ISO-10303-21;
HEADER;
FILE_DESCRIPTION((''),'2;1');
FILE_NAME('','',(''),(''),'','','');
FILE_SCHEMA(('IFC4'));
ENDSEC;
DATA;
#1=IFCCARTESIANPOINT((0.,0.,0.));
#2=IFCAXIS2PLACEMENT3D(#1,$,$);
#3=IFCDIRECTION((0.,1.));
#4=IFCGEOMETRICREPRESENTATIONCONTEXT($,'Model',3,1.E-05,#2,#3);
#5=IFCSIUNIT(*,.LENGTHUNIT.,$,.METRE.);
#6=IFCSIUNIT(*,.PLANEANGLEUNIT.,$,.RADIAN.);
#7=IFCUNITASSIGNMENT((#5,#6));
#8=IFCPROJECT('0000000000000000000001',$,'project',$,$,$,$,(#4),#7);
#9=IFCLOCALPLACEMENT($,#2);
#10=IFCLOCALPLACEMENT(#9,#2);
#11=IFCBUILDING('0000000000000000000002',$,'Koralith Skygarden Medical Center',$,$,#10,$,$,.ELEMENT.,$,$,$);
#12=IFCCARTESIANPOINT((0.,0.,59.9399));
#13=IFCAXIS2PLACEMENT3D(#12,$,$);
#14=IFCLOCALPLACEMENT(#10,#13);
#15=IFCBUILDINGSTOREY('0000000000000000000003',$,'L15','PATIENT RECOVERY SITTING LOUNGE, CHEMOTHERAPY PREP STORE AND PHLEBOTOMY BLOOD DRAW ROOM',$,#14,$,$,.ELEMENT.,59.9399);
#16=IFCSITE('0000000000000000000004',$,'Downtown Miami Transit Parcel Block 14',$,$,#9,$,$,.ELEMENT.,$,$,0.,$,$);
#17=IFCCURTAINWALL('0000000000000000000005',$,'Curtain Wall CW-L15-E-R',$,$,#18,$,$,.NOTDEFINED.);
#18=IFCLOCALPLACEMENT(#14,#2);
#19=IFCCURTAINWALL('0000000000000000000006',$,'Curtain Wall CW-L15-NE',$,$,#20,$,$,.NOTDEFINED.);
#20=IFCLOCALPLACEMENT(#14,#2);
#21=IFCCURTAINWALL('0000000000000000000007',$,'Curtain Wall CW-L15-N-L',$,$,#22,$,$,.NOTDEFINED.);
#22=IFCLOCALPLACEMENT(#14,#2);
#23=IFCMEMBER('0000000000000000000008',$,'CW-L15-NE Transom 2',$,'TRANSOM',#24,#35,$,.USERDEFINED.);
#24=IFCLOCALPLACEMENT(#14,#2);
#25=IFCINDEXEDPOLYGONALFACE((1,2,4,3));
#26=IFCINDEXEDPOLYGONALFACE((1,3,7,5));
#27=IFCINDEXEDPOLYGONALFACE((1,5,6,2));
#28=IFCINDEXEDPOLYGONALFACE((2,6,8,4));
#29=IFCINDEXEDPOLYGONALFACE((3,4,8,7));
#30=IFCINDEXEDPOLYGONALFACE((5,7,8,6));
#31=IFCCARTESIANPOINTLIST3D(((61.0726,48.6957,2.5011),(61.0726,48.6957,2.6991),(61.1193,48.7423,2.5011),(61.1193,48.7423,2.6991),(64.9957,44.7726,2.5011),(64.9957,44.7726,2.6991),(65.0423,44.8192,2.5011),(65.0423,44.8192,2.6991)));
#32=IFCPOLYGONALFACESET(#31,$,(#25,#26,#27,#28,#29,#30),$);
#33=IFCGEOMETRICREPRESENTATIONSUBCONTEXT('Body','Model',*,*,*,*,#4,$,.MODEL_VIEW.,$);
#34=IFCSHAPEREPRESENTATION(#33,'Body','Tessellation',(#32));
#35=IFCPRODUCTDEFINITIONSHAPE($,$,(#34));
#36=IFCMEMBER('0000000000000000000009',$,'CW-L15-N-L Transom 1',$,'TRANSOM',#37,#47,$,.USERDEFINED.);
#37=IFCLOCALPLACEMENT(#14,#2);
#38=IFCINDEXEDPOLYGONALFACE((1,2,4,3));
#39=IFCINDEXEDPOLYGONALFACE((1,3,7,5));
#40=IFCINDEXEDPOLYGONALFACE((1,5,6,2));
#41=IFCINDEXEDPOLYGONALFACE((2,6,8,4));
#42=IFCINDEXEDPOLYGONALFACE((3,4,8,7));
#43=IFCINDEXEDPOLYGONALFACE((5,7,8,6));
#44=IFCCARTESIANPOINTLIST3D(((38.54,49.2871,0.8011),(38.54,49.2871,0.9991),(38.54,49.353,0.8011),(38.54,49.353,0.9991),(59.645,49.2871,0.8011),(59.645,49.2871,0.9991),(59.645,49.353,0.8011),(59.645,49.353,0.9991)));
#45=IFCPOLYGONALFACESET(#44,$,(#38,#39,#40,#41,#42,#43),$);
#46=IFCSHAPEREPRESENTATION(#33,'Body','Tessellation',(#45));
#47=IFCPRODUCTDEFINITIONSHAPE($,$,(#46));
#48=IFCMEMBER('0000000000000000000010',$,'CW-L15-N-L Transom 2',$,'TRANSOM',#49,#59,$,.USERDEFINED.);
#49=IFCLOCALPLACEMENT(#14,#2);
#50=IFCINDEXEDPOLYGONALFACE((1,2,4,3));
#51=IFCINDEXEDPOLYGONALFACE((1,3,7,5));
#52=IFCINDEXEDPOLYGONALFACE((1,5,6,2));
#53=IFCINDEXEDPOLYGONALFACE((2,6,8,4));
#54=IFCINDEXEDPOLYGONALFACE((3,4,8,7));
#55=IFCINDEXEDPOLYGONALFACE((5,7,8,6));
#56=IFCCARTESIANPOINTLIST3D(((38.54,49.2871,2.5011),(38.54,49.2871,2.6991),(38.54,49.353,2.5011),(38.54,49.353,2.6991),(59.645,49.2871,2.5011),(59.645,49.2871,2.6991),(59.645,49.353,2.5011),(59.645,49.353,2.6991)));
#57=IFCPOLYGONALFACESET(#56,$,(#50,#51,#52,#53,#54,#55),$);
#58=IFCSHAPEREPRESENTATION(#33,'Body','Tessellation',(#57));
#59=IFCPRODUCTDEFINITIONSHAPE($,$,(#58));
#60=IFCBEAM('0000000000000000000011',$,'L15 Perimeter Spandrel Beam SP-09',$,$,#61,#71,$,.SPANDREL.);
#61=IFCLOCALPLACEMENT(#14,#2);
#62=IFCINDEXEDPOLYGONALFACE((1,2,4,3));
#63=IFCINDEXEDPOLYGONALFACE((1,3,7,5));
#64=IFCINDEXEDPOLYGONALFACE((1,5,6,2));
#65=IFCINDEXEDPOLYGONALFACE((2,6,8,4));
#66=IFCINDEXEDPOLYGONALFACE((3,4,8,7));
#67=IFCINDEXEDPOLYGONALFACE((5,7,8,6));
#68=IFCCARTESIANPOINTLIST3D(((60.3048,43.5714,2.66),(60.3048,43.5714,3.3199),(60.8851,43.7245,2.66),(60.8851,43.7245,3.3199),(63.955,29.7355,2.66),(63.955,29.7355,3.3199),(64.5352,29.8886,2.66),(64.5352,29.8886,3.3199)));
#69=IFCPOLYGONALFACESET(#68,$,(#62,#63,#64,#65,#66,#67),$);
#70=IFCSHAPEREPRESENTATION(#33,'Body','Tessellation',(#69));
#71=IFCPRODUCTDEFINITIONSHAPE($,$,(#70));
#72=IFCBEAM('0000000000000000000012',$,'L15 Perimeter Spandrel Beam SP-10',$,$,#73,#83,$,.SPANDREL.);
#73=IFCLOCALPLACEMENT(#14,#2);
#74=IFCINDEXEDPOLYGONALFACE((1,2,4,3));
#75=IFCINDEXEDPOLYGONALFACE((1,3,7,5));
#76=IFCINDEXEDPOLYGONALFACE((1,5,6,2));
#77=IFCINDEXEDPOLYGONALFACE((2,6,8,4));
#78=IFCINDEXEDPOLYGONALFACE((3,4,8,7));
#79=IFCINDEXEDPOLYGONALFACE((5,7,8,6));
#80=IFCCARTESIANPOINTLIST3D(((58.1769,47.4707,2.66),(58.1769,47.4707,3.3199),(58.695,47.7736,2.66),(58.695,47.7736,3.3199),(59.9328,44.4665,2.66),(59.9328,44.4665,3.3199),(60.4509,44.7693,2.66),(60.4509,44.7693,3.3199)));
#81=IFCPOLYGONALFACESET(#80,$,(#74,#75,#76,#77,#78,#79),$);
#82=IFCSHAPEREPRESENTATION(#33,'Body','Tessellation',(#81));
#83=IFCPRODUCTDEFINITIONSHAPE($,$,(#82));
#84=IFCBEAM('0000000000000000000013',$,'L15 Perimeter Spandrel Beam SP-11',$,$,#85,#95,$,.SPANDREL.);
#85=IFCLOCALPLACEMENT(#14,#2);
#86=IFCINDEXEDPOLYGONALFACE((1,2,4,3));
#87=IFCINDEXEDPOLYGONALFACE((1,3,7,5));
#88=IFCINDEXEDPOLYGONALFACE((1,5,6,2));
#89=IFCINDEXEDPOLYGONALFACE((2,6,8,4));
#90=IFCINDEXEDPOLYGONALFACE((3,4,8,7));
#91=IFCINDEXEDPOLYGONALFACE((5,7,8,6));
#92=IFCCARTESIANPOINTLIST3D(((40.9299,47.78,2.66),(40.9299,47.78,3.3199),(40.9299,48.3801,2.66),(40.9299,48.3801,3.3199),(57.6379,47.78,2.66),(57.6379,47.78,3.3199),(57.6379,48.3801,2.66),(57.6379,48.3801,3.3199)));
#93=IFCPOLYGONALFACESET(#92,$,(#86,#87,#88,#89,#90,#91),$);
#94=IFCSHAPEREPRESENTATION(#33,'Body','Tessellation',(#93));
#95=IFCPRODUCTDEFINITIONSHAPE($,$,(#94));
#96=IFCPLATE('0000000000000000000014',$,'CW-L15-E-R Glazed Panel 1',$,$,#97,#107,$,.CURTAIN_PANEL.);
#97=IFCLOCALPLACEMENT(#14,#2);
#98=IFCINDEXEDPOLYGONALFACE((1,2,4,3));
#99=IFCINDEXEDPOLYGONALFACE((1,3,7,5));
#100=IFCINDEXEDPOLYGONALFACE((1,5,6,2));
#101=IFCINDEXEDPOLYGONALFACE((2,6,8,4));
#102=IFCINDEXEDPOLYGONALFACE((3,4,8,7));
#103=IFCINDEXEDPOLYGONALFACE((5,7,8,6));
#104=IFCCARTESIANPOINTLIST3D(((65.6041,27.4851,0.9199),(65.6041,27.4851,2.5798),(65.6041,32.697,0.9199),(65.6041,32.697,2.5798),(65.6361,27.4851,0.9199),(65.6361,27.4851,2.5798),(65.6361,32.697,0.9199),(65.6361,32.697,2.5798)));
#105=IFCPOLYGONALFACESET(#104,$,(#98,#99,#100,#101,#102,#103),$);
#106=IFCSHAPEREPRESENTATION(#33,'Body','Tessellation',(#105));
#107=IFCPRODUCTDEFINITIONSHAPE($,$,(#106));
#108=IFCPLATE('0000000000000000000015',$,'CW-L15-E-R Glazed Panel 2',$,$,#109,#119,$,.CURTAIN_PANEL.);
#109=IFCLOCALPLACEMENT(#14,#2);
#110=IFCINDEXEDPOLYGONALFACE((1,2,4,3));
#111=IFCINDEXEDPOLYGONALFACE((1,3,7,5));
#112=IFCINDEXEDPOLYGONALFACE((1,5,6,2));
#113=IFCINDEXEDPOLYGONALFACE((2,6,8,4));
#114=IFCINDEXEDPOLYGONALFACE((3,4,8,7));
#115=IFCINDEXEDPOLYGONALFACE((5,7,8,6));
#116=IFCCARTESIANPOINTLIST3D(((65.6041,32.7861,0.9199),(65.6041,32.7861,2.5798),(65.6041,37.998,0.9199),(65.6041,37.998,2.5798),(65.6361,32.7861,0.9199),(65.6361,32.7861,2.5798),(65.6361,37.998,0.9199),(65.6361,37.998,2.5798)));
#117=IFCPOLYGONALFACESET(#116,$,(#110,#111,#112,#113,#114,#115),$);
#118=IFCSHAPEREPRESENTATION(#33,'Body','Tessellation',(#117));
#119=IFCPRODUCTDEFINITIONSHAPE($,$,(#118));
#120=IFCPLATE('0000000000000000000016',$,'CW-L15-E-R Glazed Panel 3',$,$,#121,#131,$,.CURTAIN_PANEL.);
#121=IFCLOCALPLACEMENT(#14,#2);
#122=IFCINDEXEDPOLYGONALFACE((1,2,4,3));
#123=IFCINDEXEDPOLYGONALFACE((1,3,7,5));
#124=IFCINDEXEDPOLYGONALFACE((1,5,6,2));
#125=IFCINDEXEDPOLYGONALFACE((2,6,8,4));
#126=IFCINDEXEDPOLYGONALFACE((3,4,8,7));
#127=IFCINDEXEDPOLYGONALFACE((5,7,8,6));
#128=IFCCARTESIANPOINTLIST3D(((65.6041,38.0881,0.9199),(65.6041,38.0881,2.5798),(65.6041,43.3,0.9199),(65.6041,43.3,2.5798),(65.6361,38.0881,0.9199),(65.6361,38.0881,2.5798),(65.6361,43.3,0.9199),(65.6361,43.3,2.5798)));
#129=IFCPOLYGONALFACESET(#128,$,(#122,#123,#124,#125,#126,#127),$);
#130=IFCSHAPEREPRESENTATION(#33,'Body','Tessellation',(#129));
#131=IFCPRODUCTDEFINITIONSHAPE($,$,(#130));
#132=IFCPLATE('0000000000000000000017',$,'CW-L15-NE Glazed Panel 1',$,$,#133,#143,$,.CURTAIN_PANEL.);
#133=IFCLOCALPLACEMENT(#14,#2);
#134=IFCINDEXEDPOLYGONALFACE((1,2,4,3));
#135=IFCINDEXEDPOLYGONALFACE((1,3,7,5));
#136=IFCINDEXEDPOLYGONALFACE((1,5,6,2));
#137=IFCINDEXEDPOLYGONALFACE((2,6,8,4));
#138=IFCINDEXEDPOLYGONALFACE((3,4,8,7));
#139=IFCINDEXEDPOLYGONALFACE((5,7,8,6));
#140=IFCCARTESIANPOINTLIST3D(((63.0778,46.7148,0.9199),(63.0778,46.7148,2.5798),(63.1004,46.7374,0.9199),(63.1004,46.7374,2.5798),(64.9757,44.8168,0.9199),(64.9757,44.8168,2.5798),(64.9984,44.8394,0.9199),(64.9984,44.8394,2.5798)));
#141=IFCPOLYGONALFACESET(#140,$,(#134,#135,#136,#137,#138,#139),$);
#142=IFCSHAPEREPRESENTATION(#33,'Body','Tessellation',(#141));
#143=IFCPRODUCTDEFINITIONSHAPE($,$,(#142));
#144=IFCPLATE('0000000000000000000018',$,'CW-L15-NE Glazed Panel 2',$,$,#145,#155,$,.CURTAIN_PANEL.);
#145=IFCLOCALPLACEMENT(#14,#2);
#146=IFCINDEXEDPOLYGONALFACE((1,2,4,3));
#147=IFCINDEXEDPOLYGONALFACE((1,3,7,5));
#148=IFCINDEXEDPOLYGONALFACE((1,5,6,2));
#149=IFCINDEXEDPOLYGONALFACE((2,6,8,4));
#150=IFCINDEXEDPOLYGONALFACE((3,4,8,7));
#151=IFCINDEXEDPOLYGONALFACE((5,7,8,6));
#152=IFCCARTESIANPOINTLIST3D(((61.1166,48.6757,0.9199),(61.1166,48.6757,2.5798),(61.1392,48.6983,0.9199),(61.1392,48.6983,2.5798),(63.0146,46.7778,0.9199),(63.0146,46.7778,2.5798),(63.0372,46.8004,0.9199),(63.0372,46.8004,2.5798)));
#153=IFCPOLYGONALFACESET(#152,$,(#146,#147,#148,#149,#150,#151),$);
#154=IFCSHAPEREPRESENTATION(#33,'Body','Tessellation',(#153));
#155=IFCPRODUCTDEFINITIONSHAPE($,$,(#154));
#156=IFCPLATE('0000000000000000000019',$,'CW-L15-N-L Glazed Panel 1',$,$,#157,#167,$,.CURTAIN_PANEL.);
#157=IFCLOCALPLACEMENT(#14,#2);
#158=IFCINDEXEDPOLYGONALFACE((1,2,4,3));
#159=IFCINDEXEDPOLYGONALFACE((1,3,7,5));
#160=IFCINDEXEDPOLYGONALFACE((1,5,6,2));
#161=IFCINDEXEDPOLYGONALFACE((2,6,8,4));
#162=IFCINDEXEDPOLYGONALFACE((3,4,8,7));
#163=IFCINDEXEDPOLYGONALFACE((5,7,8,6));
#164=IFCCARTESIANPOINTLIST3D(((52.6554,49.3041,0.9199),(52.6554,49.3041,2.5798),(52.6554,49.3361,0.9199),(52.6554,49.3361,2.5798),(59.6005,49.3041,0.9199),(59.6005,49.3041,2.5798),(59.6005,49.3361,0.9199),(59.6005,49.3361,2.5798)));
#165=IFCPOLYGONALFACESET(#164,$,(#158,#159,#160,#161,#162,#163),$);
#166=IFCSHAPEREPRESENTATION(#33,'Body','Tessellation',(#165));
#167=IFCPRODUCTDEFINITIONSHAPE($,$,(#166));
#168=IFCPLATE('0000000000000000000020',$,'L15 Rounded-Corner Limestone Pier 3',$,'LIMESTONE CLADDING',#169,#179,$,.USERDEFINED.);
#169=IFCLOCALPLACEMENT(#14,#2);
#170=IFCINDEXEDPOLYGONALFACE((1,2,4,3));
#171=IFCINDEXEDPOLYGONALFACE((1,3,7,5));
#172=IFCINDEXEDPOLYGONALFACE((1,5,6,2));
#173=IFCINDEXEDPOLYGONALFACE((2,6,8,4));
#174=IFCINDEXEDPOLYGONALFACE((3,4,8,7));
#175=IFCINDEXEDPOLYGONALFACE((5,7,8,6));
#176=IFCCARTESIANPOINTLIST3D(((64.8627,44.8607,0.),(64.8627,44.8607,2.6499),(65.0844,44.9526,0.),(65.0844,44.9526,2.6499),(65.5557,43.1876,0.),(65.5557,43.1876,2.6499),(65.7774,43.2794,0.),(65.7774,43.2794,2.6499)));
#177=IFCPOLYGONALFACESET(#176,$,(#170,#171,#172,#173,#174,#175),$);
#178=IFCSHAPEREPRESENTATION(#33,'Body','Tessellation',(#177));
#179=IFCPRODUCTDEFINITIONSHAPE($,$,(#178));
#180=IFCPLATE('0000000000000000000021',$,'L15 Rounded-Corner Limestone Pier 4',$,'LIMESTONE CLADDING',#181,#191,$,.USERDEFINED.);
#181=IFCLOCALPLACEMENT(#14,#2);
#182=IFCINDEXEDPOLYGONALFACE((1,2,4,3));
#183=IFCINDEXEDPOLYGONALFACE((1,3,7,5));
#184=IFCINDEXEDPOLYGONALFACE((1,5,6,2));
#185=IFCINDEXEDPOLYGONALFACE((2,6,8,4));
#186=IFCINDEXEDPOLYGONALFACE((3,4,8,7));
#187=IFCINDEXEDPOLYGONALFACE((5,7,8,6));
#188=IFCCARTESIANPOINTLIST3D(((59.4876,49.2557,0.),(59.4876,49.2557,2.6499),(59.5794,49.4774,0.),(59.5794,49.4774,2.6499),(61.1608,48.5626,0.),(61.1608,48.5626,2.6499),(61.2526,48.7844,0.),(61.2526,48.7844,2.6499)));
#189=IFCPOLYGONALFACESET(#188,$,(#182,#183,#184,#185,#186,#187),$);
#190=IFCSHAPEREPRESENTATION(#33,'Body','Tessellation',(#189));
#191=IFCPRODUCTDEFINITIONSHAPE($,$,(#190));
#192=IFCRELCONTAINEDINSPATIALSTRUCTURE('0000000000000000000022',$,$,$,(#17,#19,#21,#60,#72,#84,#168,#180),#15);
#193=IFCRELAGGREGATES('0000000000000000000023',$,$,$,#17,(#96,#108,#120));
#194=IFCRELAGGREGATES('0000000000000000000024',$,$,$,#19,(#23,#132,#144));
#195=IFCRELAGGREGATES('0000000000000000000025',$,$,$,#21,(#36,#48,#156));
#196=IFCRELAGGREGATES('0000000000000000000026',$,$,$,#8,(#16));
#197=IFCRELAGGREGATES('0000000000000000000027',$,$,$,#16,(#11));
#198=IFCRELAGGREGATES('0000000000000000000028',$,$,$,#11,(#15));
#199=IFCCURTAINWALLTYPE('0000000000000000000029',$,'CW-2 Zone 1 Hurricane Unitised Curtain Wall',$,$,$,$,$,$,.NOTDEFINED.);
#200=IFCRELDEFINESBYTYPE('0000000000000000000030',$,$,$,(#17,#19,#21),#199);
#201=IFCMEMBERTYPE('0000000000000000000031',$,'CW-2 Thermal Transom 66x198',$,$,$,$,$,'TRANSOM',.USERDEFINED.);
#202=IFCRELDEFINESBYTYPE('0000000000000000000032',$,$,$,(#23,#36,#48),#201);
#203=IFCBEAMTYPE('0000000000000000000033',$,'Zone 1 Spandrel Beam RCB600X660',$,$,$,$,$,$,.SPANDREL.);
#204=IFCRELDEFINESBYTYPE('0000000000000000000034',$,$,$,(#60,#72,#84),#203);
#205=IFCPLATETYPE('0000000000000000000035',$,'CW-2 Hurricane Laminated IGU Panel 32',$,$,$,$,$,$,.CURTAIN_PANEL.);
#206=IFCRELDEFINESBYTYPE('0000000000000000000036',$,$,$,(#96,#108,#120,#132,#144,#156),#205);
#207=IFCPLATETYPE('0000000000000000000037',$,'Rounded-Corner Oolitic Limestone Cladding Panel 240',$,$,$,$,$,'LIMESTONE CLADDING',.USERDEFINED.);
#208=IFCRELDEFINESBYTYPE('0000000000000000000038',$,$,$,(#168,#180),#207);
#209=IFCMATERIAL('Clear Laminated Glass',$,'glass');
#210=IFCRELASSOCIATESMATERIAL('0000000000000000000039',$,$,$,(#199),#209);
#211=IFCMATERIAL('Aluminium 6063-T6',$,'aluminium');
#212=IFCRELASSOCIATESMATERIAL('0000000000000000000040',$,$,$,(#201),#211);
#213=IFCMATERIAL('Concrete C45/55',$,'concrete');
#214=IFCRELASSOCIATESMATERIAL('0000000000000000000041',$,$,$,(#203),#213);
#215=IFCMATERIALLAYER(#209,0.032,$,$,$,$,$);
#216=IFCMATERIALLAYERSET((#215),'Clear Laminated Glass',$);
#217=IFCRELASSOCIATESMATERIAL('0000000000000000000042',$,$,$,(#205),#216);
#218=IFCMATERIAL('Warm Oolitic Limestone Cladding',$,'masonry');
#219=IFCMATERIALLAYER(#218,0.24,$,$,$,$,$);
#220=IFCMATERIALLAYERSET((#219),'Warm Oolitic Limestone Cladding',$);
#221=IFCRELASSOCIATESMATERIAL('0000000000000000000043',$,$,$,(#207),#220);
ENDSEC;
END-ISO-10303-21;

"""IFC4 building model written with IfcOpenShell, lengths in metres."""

from ifc_helpers import new_model, si_unit, direction, frame, origin, origin_2d, place, context, subcontext, project, spatial, rectangle, extrude, material, layer, layer_set, material_profile, profile_set, type_object, element, aggregate, save


model = new_model("IFC4")

# Units and contexts
model_context = context("Model", 3, precision=1e-05, world=origin(), true_north=direction((0.0, 1.0)))
body_context = subcontext(model_context, "Body", "Model", "MODEL_VIEW")
ifc_project = project(units=[si_unit("LENGTHUNIT", "METRE"), si_unit("PLANEANGLEUNIT", "RADIAN")], contexts=[model_context])

# Site, building, storey
site_placement = place(None, origin())
site = spatial("IfcSite", under=ifc_project, at=site_placement, Name="Downtown Miami Transit Parcel Block 14", CompositionType="ELEMENT", RefElevation=0.0)
building_placement = place(site_placement, origin())
building = spatial("IfcBuilding", under=site, at=building_placement, Name="Koralith Skygarden Medical Center", CompositionType="ELEMENT")
storey_placement = place(building_placement, frame((0.0, 0.0, 59.9399)))
storey = spatial("IfcBuildingStorey", under=building, at=storey_placement, Name="L15", Description="PATIENT RECOVERY SITTING LOUNGE, CHEMOTHERAPY PREP STORE AND PHLEBOTOMY BLOOD DRAW ROOM", CompositionType="ELEMENT", Elevation=59.9399)

# Curtain walls
ifc_material_1 = material(Name="Clear Laminated Glass", Category="glass")
curtain_wall_type = type_object("IfcCurtainWallType", Name="CW-2 Zone 1 Hurricane Unitised Curtain Wall", PredefinedType="NOTDEFINED", material=ifc_material_1)
curtain_wall_1_placement = place(storey_placement, origin())
curtain_wall_1 = element("IfcCurtainWall", 1, at=curtain_wall_1_placement, inside=storey, type_object=curtain_wall_type, Name="Curtain Wall CW-L15-E-R", PredefinedType="NOTDEFINED")
ifc_material_2 = material(Name="Aluminium 6063-T6", Category="aluminium")
curtain_wall_2_placement = place(storey_placement, origin())
curtain_wall_2 = element("IfcCurtainWall", 2, at=curtain_wall_2_placement, inside=storey, type_object=curtain_wall_type, Name="Curtain Wall CW-L15-NE", PredefinedType="NOTDEFINED")
curtain_wall_3_placement = place(storey_placement, origin())
curtain_wall_3 = element("IfcCurtainWall", 3, at=curtain_wall_3_placement, inside=storey, type_object=curtain_wall_type, Name="Curtain Wall CW-L15-N-L", PredefinedType="NOTDEFINED")

# Members
ifc_material_profile_1 = material_profile(ifc_material_2, rectangle(XDim=0.0659, YDim=0.198, at=origin_2d()), Name="TRN66X198")
ifc_profile_set_1 = profile_set([ifc_material_profile_1], Name="Aluminium 6063-T6")
member_type_1 = type_object("IfcMemberType", Name="CW-2 Thermal Transom 66x198", ElementType="TRANSOM", PredefinedType="USERDEFINED", material=ifc_profile_set_1)
member_1_placement = place(storey_placement, frame((65.019, 44.7959, 2.6001), z_axis=(-0.707107, 0.707107, 0.0), x_axis=(-0.707107, -0.707107, 0.0)))
member_1 = element("IfcMember", 4, at=member_1_placement, type_object=member_type_1, Name="CW-L15-NE Transom 2", ObjectType="TRANSOM", PredefinedType="USERDEFINED", context=body_context, shape_type="SweptSolid", body=[
    extrude(rectangle(XDim=0.0659, YDim=0.198, at=origin_2d()), origin(), (0.0, 0.0, 1.0), 5.5481),
])
member_2_placement = place(storey_placement, frame((59.645, 49.3201, 0.9001), z_axis=(-1.0, 0.0, 0.0), x_axis=(0.0, -1.0, 0.0)))
member_2 = element("IfcMember", 5, at=member_2_placement, type_object=member_type_1, Name="CW-L15-N-L Transom 1", ObjectType="TRANSOM", PredefinedType="USERDEFINED", context=body_context, shape_type="SweptSolid", body=[
    extrude(rectangle(XDim=0.0659, YDim=0.198, at=origin_2d()), origin(), (0.0, 0.0, 1.0), 21.105),
])
member_3_placement = place(storey_placement, frame((59.645, 49.3201, 2.6001), z_axis=(-1.0, 0.0, 0.0), x_axis=(0.0, -1.0, 0.0)))
member_3 = element("IfcMember", 6, at=member_3_placement, type_object=member_type_1, Name="CW-L15-N-L Transom 2", ObjectType="TRANSOM", PredefinedType="USERDEFINED", context=body_context, shape_type="SweptSolid", body=[
    extrude(rectangle(XDim=0.0659, YDim=0.198, at=origin_2d()), origin(), (0.0, 0.0, 1.0), 21.105),
])

# Beams
ifc_material_3 = material(Name="Concrete C45/55", Category="concrete")
ifc_material_profile_2 = material_profile(ifc_material_3, rectangle(XDim=0.6001, YDim=0.6599, at=origin_2d()), Name="RCB600X660")
ifc_profile_set_2 = profile_set([ifc_material_profile_2], Name="Concrete C45/55")
beam_type = type_object("IfcBeamType", Name="Zone 1 Spandrel Beam RCB600X660", PredefinedType="SPANDREL", material=ifc_profile_set_2)
beam_1_placement = place(storey_placement, frame((64.2451, 29.812, 2.99), z_axis=(-0.255089, 0.966918, 0.0), x_axis=(-0.966918, -0.255089, 0.0)))
element("IfcBeam", 7, at=beam_1_placement, inside=storey, type_object=beam_type, Name="L15 Perimeter Spandrel Beam SP-09", PredefinedType="SPANDREL", context=body_context, shape_type="SweptSolid", body=[
    extrude(rectangle(XDim=0.6001, YDim=0.6599, at=origin_2d()), origin(), (0.0, 0.0, 1.0), 14.3093),
])
beam_2_placement = place(storey_placement, frame((60.1919, 44.6179, 2.99), z_axis=(-0.504608, 0.863349, 0.0), x_axis=(-0.863349, -0.504608, 0.0)))
element("IfcBeam", 8, at=beam_2_placement, inside=storey, type_object=beam_type, Name="L15 Perimeter Spandrel Beam SP-10", PredefinedType="SPANDREL", context=body_context, shape_type="SweptSolid", body=[
    extrude(rectangle(XDim=0.6001, YDim=0.6599, at=origin_2d()), origin(), (0.0, 0.0, 1.0), 3.4797),
])
beam_3_placement = place(storey_placement, frame((57.6379, 48.0801, 2.99), z_axis=(-1.0, 0.0, 0.0), x_axis=(0.0, -1.0, 0.0)))
element("IfcBeam", 9, at=beam_3_placement, inside=storey, type_object=beam_type, Name="L15 Perimeter Spandrel Beam SP-11", PredefinedType="SPANDREL", context=body_context, shape_type="SweptSolid", body=[
    extrude(rectangle(XDim=0.6001, YDim=0.6599, at=origin_2d()), origin(), (0.0, 0.0, 1.0), 16.708),
])

# Plates
ifc_layer_1 = layer(ifc_material_1, 0.032)
ifc_layer_set_1 = layer_set([ifc_layer_1], Name="Clear Laminated Glass")
plate_type_1 = type_object("IfcPlateType", Name="CW-2 Hurricane Laminated IGU Panel 32", PredefinedType="CURTAIN_PANEL", material=ifc_layer_set_1)
plate_1_placement = place(storey_placement, frame((65.6201, 30.0911, 0.9199), z_axis=(0.0, 0.0, 1.0), x_axis=(0.0, 1.0, 0.0)))
plate_1 = element("IfcPlate", 10, at=plate_1_placement, type_object=plate_type_1, Name="CW-L15-E-R Glazed Panel 1", PredefinedType="CURTAIN_PANEL", context=body_context, shape_type="SweptSolid", body=[
    extrude(rectangle(XDim=5.2119, YDim=0.032, at=origin_2d()), origin(), (0.0, 0.0, 1.0), 1.6599),
])
plate_2_placement = place(storey_placement, frame((65.6201, 35.3921, 0.9199), z_axis=(0.0, 0.0, 1.0), x_axis=(0.0, 1.0, 0.0)))
plate_2 = element("IfcPlate", 11, at=plate_2_placement, type_object=plate_type_1, Name="CW-L15-E-R Glazed Panel 2", PredefinedType="CURTAIN_PANEL", context=body_context, shape_type="SweptSolid", body=[
    extrude(rectangle(XDim=5.2119, YDim=0.032, at=origin_2d()), origin(), (0.0, 0.0, 1.0), 1.6599),
])
plate_3_placement = place(storey_placement, frame((65.6201, 40.6941, 0.9199), z_axis=(0.0, 0.0, 1.0), x_axis=(0.0, 1.0, 0.0)))
plate_3 = element("IfcPlate", 12, at=plate_3_placement, type_object=plate_type_1, Name="CW-L15-E-R Glazed Panel 3", PredefinedType="CURTAIN_PANEL", context=body_context, shape_type="SweptSolid", body=[
    extrude(rectangle(XDim=5.2119, YDim=0.032, at=origin_2d()), origin(), (0.0, 0.0, 1.0), 1.6599),
])
aggregate(curtain_wall_1, [plate_1, plate_2, plate_3])
plate_4_placement = place(storey_placement, frame((64.0381, 45.7771, 0.9199), z_axis=(0.0, 0.0, 1.0), x_axis=(-0.707107, 0.707107, 0.0)))
plate_4 = element("IfcPlate", 13, at=plate_4_placement, type_object=plate_type_1, Name="CW-L15-NE Glazed Panel 1", PredefinedType="CURTAIN_PANEL", context=body_context, shape_type="SweptSolid", body=[
    extrude(rectangle(XDim=2.6841, YDim=0.032, at=origin_2d()), origin(), (0.0, 0.0, 1.0), 1.6599),
])
plate_5_placement = place(storey_placement, frame((62.0769, 47.738, 0.9199), z_axis=(0.0, 0.0, 1.0), x_axis=(-0.707107, 0.707107, 0.0)))
plate_5 = element("IfcPlate", 14, at=plate_5_placement, type_object=plate_type_1, Name="CW-L15-NE Glazed Panel 2", PredefinedType="CURTAIN_PANEL", context=body_context, shape_type="SweptSolid", body=[
    extrude(rectangle(XDim=2.6841, YDim=0.032, at=origin_2d()), origin(), (0.0, 0.0, 1.0), 1.6599),
])
aggregate(curtain_wall_2, [member_1, plate_4, plate_5])
plate_6_placement = place(storey_placement, frame((56.1279, 49.3201, 0.9199), z_axis=(0.0, 0.0, 1.0), x_axis=(-1.0, 0.0, 0.0)))
plate_6 = element("IfcPlate", 15, at=plate_6_placement, type_object=plate_type_1, Name="CW-L15-N-L Glazed Panel 1", PredefinedType="CURTAIN_PANEL", context=body_context, shape_type="SweptSolid", body=[
    extrude(rectangle(XDim=6.9451, YDim=0.032, at=origin_2d()), origin(), (0.0, 0.0, 1.0), 1.6599),
])
aggregate(curtain_wall_3, [member_2, member_3, plate_6])

# Plates
ifc_material_4 = material(Name="Warm Oolitic Limestone Cladding", Category="masonry")
ifc_layer_2 = layer(ifc_material_4, 0.24)
ifc_layer_set_2 = layer_set([ifc_layer_2], Name="Warm Oolitic Limestone Cladding")
plate_type_2 = type_object("IfcPlateType", Name="Rounded-Corner Oolitic Limestone Cladding Panel 240", ElementType="LIMESTONE CLADDING", PredefinedType="USERDEFINED", material=ifc_layer_set_2)
for number, where, z_axis, x_axis, name in (
    (16, (65.3201, 44.0701, 0.0), (0.0, 0.0, 1.0), (-0.382671, 0.923885, 0.0), "L15 Rounded-Corner Limestone Pier 3"),
    (17, (60.3701, 49.02, 0.0), (0.0, 0.0, 1.0), (-0.923885, 0.382671, 0.0), "L15 Rounded-Corner Limestone Pier 4"),
):
    element("IfcPlate", number, at=place(storey_placement, frame(where, z_axis=z_axis, x_axis=x_axis)), inside=storey, type_object=plate_type_2, Name=name, ObjectType="LIMESTONE CLADDING", PredefinedType="USERDEFINED", context=body_context, shape_type="SweptSolid", body=[
        extrude(rectangle(XDim=1.811, YDim=0.24, at=origin_2d()), origin(), (0.0, 0.0, 1.0), 2.6499),
    ])

save(model, "model.ifc")
